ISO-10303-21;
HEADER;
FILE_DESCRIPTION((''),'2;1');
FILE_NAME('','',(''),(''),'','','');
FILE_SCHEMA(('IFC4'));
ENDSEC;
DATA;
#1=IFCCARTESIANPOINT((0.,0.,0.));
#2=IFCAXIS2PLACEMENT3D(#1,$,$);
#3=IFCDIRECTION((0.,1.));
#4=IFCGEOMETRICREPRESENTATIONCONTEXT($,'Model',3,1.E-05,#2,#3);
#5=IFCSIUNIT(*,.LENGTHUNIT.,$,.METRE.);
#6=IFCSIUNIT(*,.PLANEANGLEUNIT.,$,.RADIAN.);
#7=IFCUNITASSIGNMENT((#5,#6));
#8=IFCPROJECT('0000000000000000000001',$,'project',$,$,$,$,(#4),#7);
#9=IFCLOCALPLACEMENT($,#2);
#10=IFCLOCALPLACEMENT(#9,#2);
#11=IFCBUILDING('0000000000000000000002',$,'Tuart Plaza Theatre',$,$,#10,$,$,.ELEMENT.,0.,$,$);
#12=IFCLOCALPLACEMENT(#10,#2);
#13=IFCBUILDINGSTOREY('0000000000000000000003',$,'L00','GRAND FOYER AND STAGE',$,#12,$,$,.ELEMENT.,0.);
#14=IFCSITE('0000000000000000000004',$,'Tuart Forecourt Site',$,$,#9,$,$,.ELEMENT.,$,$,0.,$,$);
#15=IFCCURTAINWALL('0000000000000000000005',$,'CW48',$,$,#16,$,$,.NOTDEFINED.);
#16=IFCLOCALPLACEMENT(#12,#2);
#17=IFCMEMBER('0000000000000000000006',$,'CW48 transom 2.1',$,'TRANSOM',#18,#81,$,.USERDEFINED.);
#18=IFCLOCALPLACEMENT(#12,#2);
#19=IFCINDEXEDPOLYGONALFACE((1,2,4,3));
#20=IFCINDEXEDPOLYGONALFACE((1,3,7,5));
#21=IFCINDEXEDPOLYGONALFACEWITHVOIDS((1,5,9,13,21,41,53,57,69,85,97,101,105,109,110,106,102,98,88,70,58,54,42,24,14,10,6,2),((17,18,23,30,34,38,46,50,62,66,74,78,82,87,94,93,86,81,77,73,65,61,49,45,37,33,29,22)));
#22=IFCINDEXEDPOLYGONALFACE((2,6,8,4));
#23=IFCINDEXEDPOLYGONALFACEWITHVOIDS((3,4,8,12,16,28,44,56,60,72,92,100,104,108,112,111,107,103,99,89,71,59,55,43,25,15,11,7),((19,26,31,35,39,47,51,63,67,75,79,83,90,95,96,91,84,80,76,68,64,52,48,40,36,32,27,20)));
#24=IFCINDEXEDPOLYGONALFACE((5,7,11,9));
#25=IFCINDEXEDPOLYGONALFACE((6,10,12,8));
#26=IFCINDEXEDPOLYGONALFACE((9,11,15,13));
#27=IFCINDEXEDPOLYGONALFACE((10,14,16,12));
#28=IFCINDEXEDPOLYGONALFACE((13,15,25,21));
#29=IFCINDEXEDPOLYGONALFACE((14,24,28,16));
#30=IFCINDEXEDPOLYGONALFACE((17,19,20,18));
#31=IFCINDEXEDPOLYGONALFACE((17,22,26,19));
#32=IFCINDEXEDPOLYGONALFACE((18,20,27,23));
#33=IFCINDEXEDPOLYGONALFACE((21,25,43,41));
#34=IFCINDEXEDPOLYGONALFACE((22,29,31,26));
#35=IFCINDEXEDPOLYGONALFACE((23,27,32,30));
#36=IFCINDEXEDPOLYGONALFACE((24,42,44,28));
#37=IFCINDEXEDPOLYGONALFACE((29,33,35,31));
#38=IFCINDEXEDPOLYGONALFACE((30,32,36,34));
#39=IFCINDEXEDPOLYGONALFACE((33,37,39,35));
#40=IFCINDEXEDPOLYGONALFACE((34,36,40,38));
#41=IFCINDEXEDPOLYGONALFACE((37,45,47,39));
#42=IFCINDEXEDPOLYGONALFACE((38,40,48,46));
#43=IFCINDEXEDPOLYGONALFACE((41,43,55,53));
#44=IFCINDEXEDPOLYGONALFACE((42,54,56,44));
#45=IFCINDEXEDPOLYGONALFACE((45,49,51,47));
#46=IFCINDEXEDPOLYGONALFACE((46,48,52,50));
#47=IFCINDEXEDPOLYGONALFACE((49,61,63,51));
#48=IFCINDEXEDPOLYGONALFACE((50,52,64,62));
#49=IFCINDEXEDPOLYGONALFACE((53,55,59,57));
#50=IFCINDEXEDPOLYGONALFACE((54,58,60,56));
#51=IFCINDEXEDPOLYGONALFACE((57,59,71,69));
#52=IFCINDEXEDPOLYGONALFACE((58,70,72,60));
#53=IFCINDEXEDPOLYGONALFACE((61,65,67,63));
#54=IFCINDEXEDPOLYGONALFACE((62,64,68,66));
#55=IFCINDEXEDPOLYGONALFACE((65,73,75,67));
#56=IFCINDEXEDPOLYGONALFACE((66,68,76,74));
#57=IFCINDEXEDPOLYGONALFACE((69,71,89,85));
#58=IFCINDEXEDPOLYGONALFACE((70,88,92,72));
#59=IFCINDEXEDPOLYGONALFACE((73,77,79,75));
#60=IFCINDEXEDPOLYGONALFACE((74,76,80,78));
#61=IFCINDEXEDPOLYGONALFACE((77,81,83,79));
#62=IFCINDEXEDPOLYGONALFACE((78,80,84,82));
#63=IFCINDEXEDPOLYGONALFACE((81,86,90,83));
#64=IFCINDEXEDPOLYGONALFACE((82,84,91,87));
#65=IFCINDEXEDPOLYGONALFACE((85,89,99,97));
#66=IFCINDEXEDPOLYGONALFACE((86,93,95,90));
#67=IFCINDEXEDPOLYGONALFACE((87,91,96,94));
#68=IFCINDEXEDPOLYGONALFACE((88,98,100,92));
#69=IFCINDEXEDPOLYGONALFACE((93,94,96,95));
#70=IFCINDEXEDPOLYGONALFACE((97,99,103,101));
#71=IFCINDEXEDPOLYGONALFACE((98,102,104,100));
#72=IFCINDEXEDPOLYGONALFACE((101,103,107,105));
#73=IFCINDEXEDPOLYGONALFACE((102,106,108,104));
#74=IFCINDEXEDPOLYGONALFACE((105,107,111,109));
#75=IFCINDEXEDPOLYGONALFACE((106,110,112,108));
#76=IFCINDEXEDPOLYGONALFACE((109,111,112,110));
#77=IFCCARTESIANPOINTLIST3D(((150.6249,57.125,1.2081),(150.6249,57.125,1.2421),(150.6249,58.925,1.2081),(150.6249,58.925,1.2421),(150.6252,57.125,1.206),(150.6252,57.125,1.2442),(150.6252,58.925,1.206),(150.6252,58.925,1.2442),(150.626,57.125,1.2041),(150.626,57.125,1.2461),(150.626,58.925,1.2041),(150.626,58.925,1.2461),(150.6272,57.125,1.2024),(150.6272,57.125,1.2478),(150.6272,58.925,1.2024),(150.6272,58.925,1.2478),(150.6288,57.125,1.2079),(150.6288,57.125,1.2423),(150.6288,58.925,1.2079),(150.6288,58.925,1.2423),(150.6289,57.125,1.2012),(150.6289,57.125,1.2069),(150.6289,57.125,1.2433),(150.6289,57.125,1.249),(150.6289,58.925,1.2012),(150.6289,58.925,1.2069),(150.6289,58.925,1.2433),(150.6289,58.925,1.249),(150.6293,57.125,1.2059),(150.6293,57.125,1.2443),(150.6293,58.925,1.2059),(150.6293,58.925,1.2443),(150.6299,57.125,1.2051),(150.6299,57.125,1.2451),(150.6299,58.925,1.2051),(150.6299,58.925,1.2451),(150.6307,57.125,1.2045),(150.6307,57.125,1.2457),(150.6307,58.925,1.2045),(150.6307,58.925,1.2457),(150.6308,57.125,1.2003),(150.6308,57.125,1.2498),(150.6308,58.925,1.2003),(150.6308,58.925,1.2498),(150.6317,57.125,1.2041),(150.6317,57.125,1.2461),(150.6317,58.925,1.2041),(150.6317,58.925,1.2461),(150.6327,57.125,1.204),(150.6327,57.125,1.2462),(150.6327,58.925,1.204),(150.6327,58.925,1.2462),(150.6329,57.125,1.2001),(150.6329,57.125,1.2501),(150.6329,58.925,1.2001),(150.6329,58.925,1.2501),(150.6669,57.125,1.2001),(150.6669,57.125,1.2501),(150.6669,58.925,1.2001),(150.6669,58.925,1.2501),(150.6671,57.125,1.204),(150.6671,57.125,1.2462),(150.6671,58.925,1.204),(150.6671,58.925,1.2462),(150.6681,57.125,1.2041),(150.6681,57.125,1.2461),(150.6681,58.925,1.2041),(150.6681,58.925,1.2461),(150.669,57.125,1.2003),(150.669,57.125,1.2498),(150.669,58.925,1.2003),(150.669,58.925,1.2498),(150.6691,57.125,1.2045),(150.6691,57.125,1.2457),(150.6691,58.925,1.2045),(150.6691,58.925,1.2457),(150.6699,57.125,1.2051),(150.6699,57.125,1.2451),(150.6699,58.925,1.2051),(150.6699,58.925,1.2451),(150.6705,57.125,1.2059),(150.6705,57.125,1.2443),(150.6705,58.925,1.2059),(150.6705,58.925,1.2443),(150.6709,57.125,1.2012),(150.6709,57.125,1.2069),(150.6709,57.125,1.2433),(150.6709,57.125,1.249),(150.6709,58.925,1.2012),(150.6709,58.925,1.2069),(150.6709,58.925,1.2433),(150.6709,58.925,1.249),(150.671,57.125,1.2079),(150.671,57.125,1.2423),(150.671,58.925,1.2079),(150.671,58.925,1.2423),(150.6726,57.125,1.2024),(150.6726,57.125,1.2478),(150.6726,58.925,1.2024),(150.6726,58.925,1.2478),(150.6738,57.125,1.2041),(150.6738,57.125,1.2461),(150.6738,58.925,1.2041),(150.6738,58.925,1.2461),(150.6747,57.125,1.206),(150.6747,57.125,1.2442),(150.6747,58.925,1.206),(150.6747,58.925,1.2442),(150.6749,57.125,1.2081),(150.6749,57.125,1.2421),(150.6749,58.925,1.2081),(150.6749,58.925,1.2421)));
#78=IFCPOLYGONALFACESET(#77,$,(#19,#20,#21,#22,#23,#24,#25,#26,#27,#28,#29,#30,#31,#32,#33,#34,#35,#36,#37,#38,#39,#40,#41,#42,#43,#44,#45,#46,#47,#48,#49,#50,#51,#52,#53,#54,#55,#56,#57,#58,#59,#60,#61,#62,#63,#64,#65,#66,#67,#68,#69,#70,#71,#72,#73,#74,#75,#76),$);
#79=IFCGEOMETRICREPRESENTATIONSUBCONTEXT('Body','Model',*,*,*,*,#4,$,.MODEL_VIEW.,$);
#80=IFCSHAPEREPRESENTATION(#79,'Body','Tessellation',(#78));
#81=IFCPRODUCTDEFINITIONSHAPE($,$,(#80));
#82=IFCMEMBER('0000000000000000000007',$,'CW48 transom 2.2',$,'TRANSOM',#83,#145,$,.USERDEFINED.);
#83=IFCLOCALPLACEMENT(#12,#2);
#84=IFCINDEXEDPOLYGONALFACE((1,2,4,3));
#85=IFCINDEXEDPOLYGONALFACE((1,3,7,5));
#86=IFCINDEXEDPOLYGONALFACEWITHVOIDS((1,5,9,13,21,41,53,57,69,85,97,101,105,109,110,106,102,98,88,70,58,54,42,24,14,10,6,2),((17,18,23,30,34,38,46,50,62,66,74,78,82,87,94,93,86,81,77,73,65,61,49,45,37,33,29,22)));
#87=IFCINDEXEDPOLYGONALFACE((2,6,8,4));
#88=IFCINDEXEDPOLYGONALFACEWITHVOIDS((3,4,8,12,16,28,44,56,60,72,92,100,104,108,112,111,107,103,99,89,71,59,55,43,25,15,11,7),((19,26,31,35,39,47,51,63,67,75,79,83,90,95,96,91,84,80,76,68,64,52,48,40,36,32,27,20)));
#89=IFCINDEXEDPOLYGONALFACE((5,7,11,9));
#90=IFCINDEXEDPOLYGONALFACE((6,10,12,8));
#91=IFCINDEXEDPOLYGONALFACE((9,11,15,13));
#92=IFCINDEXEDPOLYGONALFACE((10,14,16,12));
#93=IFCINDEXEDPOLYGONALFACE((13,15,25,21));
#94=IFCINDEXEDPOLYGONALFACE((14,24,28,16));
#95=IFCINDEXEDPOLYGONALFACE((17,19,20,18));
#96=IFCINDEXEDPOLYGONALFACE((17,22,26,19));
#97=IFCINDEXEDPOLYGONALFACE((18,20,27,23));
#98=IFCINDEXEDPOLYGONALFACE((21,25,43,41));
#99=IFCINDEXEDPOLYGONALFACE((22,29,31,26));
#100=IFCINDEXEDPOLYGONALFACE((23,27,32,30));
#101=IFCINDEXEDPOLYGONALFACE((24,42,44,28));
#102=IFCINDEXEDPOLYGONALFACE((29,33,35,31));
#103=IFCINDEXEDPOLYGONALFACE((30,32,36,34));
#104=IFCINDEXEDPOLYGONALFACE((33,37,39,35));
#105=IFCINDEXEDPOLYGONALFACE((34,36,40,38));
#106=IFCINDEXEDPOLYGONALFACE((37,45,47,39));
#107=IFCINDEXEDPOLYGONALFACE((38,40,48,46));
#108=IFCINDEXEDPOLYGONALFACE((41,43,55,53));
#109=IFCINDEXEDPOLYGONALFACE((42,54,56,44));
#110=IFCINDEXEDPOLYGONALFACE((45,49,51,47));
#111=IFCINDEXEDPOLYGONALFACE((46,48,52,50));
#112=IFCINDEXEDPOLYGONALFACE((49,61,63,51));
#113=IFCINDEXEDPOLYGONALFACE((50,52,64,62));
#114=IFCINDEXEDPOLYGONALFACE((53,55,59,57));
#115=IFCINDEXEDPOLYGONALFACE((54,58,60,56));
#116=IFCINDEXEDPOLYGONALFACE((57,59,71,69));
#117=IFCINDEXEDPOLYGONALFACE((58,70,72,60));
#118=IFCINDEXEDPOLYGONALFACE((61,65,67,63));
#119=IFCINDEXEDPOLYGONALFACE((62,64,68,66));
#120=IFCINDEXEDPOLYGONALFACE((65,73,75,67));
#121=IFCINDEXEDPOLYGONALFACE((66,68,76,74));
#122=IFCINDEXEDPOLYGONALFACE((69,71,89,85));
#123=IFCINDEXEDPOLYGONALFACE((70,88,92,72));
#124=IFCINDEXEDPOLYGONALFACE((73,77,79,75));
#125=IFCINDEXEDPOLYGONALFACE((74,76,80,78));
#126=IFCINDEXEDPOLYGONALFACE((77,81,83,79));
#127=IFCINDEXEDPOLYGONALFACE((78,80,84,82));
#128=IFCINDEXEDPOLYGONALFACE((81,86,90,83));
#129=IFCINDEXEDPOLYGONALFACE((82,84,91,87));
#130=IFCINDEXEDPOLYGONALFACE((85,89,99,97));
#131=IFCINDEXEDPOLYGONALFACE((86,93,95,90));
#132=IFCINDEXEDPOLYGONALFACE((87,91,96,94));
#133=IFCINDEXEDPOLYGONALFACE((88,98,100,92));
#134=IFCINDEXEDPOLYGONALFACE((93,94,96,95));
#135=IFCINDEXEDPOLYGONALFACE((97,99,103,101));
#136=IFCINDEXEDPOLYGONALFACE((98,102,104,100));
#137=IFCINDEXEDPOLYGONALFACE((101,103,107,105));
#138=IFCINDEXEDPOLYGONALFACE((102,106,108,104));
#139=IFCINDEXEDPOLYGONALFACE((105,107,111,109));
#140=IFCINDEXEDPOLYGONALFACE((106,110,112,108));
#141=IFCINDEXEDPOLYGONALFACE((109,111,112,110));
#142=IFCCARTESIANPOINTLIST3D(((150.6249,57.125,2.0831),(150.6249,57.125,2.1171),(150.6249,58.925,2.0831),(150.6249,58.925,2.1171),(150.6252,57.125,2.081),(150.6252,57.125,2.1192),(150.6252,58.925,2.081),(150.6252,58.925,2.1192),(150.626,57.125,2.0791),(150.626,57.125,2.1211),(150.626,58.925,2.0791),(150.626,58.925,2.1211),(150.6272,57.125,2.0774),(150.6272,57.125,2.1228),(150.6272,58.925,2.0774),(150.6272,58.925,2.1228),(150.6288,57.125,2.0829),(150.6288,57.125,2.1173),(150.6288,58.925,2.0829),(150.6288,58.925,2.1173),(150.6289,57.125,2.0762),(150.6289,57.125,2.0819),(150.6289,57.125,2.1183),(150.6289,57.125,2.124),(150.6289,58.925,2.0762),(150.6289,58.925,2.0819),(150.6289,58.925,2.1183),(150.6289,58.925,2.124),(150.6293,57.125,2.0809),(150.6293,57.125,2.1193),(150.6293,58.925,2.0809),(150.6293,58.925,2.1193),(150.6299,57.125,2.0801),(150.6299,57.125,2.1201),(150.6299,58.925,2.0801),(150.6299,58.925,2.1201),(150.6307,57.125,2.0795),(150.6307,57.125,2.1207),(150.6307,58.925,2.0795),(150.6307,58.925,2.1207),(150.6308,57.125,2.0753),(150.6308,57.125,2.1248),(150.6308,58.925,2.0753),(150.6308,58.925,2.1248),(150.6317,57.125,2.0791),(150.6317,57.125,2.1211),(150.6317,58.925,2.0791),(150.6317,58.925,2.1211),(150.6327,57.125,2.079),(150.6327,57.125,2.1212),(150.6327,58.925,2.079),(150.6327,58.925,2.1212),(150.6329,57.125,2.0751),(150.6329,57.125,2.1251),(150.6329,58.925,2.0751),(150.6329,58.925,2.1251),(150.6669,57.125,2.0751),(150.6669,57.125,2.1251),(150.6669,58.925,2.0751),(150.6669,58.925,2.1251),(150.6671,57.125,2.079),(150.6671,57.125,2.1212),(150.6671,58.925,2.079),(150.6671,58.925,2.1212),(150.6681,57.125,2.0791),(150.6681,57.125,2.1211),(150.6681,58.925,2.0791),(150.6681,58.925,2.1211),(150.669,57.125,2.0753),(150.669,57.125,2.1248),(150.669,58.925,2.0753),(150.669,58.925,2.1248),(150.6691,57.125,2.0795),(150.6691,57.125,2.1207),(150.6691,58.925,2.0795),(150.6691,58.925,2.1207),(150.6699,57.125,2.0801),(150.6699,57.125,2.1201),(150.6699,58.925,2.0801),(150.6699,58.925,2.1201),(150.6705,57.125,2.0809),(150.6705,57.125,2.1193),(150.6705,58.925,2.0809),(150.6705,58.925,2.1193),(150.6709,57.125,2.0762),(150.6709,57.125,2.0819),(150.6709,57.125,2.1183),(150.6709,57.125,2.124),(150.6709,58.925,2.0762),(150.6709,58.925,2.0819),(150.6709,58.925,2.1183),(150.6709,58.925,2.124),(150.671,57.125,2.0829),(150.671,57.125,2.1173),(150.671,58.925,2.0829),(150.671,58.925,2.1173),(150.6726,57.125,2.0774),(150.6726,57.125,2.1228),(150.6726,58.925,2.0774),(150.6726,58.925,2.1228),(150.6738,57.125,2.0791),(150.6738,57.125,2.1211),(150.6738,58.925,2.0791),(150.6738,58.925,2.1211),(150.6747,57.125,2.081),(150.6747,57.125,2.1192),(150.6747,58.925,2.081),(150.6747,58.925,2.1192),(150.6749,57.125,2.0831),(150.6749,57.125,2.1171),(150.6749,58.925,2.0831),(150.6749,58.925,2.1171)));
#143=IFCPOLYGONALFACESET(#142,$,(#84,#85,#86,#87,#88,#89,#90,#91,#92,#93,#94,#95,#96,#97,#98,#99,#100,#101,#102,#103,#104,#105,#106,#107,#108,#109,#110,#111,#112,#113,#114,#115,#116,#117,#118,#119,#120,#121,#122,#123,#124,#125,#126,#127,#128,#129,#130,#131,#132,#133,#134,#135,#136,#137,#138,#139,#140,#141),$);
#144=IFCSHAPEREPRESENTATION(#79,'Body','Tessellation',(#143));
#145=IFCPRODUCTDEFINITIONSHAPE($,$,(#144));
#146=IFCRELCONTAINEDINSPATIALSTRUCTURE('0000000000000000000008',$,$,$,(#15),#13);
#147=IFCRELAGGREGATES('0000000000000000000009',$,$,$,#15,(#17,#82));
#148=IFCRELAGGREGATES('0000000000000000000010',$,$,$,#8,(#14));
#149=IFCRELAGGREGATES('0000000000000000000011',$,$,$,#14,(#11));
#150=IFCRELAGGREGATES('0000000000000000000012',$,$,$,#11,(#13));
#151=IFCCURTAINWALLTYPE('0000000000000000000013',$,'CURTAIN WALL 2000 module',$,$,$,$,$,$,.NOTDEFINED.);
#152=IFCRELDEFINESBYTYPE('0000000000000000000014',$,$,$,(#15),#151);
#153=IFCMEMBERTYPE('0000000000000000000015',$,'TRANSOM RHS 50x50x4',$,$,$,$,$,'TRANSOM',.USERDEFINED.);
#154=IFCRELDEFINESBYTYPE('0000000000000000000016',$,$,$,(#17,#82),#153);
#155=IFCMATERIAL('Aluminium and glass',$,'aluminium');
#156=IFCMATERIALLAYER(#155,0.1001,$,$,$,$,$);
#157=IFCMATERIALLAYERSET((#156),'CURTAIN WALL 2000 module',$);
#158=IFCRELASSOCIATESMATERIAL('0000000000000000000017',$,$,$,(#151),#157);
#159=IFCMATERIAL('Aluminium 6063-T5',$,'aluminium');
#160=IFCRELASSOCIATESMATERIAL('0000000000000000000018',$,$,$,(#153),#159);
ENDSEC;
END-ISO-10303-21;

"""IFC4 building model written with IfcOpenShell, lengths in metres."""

from ifc_helpers import new_model, si_unit, direction, frame, origin, origin_2d, place, context, subcontext, project, spatial, hollow_rectangle, extrude, material, layer, layer_set, material_profile, profile_set, type_object, element, aggregate, save


model = new_model("IFC4")

# Units and contexts
model_context = context("Model", 3, precision=1e-05, world=origin(), true_north=direction((0.0, 1.0)))
body_context = subcontext(model_context, "Body", "Model", "MODEL_VIEW")
ifc_project = project(units=[si_unit("LENGTHUNIT", "METRE"), si_unit("PLANEANGLEUNIT", "RADIAN")], contexts=[model_context])

# Site, building, storey
site_placement = place(None, origin())
site = spatial("IfcSite", under=ifc_project, at=site_placement, Name="Tuart Forecourt Site", CompositionType="ELEMENT", RefElevation=0.0)
building_placement = place(site_placement, origin())
building = spatial("IfcBuilding", under=site, at=building_placement, Name="Tuart Plaza Theatre", CompositionType="ELEMENT", ElevationOfRefHeight=0.0)
storey_placement = place(building_placement, origin())
storey = spatial("IfcBuildingStorey", under=building, at=storey_placement, Name="L00", Description="GRAND FOYER AND STAGE", CompositionType="ELEMENT", Elevation=0.0)

# Curtain wall
ifc_material_1 = material(Name="Aluminium and glass", Category="aluminium")
ifc_layer_1 = layer(ifc_material_1, 0.1001)
ifc_layer_set_1 = layer_set([ifc_layer_1], Name="CURTAIN WALL 2000 module")
curtain_wall_type_1 = type_object("IfcCurtainWallType", Name="CURTAIN WALL 2000 module", PredefinedType="NOTDEFINED", material=ifc_layer_set_1)
curtain_wall_1_placement = place(storey_placement, origin())
curtain_wall_1 = element("IfcCurtainWall", 1, at=curtain_wall_1_placement, inside=storey, type_object=curtain_wall_type_1, Name="CW48", PredefinedType="NOTDEFINED")

# Members
ifc_material_2 = material(Name="Aluminium 6063-T5", Category="aluminium")
ifc_material_profile_1 = material_profile(ifc_material_2, hollow_rectangle(XDim=0.05, YDim=0.05, WallThickness=0.0039, InnerFilletRadius=0.0039, OuterFilletRadius=0.0081, at=origin_2d()), Name="RHS 50x50x4")
ifc_profile_set_1 = profile_set([ifc_material_profile_1], Name="Aluminium 6063-T5")
member_type_1 = type_object("IfcMemberType", Name="TRANSOM RHS 50x50x4", ElementType="TRANSOM", PredefinedType="USERDEFINED", material=ifc_profile_set_1)
member_1_placement = place(storey_placement, frame((150.6499, 57.125, 1.2251), z_axis=(0.0, 1.0, 0.0), x_axis=(-1.0, 0.0, 0.0)))
member_1 = element("IfcMember", 2, at=member_1_placement, type_object=member_type_1, Name="CW48 transom 2.1", ObjectType="TRANSOM", PredefinedType="USERDEFINED", context=body_context, shape_type="SweptSolid", body=[
    extrude(hollow_rectangle(XDim=0.05, YDim=0.05, WallThickness=0.0039, InnerFilletRadius=0.0039, OuterFilletRadius=0.0081, at=origin_2d()), origin(), (0.0, 0.0, 1.0), 1.8),
])
member_2_placement = place(storey_placement, frame((150.6499, 57.125, 2.1001), z_axis=(0.0, 1.0, 0.0), x_axis=(-1.0, 0.0, 0.0)))
member_2 = element("IfcMember", 3, at=member_2_placement, type_object=member_type_1, Name="CW48 transom 2.2", ObjectType="TRANSOM", PredefinedType="USERDEFINED", context=body_context, shape_type="SweptSolid", body=[
    extrude(hollow_rectangle(XDim=0.05, YDim=0.05, WallThickness=0.0039, InnerFilletRadius=0.0039, OuterFilletRadius=0.0081, at=origin_2d()), origin(), (0.0, 0.0, 1.0), 1.8),
])

aggregate(curtain_wall_1, [member_1, member_2])

save(model, "model.ifc")
